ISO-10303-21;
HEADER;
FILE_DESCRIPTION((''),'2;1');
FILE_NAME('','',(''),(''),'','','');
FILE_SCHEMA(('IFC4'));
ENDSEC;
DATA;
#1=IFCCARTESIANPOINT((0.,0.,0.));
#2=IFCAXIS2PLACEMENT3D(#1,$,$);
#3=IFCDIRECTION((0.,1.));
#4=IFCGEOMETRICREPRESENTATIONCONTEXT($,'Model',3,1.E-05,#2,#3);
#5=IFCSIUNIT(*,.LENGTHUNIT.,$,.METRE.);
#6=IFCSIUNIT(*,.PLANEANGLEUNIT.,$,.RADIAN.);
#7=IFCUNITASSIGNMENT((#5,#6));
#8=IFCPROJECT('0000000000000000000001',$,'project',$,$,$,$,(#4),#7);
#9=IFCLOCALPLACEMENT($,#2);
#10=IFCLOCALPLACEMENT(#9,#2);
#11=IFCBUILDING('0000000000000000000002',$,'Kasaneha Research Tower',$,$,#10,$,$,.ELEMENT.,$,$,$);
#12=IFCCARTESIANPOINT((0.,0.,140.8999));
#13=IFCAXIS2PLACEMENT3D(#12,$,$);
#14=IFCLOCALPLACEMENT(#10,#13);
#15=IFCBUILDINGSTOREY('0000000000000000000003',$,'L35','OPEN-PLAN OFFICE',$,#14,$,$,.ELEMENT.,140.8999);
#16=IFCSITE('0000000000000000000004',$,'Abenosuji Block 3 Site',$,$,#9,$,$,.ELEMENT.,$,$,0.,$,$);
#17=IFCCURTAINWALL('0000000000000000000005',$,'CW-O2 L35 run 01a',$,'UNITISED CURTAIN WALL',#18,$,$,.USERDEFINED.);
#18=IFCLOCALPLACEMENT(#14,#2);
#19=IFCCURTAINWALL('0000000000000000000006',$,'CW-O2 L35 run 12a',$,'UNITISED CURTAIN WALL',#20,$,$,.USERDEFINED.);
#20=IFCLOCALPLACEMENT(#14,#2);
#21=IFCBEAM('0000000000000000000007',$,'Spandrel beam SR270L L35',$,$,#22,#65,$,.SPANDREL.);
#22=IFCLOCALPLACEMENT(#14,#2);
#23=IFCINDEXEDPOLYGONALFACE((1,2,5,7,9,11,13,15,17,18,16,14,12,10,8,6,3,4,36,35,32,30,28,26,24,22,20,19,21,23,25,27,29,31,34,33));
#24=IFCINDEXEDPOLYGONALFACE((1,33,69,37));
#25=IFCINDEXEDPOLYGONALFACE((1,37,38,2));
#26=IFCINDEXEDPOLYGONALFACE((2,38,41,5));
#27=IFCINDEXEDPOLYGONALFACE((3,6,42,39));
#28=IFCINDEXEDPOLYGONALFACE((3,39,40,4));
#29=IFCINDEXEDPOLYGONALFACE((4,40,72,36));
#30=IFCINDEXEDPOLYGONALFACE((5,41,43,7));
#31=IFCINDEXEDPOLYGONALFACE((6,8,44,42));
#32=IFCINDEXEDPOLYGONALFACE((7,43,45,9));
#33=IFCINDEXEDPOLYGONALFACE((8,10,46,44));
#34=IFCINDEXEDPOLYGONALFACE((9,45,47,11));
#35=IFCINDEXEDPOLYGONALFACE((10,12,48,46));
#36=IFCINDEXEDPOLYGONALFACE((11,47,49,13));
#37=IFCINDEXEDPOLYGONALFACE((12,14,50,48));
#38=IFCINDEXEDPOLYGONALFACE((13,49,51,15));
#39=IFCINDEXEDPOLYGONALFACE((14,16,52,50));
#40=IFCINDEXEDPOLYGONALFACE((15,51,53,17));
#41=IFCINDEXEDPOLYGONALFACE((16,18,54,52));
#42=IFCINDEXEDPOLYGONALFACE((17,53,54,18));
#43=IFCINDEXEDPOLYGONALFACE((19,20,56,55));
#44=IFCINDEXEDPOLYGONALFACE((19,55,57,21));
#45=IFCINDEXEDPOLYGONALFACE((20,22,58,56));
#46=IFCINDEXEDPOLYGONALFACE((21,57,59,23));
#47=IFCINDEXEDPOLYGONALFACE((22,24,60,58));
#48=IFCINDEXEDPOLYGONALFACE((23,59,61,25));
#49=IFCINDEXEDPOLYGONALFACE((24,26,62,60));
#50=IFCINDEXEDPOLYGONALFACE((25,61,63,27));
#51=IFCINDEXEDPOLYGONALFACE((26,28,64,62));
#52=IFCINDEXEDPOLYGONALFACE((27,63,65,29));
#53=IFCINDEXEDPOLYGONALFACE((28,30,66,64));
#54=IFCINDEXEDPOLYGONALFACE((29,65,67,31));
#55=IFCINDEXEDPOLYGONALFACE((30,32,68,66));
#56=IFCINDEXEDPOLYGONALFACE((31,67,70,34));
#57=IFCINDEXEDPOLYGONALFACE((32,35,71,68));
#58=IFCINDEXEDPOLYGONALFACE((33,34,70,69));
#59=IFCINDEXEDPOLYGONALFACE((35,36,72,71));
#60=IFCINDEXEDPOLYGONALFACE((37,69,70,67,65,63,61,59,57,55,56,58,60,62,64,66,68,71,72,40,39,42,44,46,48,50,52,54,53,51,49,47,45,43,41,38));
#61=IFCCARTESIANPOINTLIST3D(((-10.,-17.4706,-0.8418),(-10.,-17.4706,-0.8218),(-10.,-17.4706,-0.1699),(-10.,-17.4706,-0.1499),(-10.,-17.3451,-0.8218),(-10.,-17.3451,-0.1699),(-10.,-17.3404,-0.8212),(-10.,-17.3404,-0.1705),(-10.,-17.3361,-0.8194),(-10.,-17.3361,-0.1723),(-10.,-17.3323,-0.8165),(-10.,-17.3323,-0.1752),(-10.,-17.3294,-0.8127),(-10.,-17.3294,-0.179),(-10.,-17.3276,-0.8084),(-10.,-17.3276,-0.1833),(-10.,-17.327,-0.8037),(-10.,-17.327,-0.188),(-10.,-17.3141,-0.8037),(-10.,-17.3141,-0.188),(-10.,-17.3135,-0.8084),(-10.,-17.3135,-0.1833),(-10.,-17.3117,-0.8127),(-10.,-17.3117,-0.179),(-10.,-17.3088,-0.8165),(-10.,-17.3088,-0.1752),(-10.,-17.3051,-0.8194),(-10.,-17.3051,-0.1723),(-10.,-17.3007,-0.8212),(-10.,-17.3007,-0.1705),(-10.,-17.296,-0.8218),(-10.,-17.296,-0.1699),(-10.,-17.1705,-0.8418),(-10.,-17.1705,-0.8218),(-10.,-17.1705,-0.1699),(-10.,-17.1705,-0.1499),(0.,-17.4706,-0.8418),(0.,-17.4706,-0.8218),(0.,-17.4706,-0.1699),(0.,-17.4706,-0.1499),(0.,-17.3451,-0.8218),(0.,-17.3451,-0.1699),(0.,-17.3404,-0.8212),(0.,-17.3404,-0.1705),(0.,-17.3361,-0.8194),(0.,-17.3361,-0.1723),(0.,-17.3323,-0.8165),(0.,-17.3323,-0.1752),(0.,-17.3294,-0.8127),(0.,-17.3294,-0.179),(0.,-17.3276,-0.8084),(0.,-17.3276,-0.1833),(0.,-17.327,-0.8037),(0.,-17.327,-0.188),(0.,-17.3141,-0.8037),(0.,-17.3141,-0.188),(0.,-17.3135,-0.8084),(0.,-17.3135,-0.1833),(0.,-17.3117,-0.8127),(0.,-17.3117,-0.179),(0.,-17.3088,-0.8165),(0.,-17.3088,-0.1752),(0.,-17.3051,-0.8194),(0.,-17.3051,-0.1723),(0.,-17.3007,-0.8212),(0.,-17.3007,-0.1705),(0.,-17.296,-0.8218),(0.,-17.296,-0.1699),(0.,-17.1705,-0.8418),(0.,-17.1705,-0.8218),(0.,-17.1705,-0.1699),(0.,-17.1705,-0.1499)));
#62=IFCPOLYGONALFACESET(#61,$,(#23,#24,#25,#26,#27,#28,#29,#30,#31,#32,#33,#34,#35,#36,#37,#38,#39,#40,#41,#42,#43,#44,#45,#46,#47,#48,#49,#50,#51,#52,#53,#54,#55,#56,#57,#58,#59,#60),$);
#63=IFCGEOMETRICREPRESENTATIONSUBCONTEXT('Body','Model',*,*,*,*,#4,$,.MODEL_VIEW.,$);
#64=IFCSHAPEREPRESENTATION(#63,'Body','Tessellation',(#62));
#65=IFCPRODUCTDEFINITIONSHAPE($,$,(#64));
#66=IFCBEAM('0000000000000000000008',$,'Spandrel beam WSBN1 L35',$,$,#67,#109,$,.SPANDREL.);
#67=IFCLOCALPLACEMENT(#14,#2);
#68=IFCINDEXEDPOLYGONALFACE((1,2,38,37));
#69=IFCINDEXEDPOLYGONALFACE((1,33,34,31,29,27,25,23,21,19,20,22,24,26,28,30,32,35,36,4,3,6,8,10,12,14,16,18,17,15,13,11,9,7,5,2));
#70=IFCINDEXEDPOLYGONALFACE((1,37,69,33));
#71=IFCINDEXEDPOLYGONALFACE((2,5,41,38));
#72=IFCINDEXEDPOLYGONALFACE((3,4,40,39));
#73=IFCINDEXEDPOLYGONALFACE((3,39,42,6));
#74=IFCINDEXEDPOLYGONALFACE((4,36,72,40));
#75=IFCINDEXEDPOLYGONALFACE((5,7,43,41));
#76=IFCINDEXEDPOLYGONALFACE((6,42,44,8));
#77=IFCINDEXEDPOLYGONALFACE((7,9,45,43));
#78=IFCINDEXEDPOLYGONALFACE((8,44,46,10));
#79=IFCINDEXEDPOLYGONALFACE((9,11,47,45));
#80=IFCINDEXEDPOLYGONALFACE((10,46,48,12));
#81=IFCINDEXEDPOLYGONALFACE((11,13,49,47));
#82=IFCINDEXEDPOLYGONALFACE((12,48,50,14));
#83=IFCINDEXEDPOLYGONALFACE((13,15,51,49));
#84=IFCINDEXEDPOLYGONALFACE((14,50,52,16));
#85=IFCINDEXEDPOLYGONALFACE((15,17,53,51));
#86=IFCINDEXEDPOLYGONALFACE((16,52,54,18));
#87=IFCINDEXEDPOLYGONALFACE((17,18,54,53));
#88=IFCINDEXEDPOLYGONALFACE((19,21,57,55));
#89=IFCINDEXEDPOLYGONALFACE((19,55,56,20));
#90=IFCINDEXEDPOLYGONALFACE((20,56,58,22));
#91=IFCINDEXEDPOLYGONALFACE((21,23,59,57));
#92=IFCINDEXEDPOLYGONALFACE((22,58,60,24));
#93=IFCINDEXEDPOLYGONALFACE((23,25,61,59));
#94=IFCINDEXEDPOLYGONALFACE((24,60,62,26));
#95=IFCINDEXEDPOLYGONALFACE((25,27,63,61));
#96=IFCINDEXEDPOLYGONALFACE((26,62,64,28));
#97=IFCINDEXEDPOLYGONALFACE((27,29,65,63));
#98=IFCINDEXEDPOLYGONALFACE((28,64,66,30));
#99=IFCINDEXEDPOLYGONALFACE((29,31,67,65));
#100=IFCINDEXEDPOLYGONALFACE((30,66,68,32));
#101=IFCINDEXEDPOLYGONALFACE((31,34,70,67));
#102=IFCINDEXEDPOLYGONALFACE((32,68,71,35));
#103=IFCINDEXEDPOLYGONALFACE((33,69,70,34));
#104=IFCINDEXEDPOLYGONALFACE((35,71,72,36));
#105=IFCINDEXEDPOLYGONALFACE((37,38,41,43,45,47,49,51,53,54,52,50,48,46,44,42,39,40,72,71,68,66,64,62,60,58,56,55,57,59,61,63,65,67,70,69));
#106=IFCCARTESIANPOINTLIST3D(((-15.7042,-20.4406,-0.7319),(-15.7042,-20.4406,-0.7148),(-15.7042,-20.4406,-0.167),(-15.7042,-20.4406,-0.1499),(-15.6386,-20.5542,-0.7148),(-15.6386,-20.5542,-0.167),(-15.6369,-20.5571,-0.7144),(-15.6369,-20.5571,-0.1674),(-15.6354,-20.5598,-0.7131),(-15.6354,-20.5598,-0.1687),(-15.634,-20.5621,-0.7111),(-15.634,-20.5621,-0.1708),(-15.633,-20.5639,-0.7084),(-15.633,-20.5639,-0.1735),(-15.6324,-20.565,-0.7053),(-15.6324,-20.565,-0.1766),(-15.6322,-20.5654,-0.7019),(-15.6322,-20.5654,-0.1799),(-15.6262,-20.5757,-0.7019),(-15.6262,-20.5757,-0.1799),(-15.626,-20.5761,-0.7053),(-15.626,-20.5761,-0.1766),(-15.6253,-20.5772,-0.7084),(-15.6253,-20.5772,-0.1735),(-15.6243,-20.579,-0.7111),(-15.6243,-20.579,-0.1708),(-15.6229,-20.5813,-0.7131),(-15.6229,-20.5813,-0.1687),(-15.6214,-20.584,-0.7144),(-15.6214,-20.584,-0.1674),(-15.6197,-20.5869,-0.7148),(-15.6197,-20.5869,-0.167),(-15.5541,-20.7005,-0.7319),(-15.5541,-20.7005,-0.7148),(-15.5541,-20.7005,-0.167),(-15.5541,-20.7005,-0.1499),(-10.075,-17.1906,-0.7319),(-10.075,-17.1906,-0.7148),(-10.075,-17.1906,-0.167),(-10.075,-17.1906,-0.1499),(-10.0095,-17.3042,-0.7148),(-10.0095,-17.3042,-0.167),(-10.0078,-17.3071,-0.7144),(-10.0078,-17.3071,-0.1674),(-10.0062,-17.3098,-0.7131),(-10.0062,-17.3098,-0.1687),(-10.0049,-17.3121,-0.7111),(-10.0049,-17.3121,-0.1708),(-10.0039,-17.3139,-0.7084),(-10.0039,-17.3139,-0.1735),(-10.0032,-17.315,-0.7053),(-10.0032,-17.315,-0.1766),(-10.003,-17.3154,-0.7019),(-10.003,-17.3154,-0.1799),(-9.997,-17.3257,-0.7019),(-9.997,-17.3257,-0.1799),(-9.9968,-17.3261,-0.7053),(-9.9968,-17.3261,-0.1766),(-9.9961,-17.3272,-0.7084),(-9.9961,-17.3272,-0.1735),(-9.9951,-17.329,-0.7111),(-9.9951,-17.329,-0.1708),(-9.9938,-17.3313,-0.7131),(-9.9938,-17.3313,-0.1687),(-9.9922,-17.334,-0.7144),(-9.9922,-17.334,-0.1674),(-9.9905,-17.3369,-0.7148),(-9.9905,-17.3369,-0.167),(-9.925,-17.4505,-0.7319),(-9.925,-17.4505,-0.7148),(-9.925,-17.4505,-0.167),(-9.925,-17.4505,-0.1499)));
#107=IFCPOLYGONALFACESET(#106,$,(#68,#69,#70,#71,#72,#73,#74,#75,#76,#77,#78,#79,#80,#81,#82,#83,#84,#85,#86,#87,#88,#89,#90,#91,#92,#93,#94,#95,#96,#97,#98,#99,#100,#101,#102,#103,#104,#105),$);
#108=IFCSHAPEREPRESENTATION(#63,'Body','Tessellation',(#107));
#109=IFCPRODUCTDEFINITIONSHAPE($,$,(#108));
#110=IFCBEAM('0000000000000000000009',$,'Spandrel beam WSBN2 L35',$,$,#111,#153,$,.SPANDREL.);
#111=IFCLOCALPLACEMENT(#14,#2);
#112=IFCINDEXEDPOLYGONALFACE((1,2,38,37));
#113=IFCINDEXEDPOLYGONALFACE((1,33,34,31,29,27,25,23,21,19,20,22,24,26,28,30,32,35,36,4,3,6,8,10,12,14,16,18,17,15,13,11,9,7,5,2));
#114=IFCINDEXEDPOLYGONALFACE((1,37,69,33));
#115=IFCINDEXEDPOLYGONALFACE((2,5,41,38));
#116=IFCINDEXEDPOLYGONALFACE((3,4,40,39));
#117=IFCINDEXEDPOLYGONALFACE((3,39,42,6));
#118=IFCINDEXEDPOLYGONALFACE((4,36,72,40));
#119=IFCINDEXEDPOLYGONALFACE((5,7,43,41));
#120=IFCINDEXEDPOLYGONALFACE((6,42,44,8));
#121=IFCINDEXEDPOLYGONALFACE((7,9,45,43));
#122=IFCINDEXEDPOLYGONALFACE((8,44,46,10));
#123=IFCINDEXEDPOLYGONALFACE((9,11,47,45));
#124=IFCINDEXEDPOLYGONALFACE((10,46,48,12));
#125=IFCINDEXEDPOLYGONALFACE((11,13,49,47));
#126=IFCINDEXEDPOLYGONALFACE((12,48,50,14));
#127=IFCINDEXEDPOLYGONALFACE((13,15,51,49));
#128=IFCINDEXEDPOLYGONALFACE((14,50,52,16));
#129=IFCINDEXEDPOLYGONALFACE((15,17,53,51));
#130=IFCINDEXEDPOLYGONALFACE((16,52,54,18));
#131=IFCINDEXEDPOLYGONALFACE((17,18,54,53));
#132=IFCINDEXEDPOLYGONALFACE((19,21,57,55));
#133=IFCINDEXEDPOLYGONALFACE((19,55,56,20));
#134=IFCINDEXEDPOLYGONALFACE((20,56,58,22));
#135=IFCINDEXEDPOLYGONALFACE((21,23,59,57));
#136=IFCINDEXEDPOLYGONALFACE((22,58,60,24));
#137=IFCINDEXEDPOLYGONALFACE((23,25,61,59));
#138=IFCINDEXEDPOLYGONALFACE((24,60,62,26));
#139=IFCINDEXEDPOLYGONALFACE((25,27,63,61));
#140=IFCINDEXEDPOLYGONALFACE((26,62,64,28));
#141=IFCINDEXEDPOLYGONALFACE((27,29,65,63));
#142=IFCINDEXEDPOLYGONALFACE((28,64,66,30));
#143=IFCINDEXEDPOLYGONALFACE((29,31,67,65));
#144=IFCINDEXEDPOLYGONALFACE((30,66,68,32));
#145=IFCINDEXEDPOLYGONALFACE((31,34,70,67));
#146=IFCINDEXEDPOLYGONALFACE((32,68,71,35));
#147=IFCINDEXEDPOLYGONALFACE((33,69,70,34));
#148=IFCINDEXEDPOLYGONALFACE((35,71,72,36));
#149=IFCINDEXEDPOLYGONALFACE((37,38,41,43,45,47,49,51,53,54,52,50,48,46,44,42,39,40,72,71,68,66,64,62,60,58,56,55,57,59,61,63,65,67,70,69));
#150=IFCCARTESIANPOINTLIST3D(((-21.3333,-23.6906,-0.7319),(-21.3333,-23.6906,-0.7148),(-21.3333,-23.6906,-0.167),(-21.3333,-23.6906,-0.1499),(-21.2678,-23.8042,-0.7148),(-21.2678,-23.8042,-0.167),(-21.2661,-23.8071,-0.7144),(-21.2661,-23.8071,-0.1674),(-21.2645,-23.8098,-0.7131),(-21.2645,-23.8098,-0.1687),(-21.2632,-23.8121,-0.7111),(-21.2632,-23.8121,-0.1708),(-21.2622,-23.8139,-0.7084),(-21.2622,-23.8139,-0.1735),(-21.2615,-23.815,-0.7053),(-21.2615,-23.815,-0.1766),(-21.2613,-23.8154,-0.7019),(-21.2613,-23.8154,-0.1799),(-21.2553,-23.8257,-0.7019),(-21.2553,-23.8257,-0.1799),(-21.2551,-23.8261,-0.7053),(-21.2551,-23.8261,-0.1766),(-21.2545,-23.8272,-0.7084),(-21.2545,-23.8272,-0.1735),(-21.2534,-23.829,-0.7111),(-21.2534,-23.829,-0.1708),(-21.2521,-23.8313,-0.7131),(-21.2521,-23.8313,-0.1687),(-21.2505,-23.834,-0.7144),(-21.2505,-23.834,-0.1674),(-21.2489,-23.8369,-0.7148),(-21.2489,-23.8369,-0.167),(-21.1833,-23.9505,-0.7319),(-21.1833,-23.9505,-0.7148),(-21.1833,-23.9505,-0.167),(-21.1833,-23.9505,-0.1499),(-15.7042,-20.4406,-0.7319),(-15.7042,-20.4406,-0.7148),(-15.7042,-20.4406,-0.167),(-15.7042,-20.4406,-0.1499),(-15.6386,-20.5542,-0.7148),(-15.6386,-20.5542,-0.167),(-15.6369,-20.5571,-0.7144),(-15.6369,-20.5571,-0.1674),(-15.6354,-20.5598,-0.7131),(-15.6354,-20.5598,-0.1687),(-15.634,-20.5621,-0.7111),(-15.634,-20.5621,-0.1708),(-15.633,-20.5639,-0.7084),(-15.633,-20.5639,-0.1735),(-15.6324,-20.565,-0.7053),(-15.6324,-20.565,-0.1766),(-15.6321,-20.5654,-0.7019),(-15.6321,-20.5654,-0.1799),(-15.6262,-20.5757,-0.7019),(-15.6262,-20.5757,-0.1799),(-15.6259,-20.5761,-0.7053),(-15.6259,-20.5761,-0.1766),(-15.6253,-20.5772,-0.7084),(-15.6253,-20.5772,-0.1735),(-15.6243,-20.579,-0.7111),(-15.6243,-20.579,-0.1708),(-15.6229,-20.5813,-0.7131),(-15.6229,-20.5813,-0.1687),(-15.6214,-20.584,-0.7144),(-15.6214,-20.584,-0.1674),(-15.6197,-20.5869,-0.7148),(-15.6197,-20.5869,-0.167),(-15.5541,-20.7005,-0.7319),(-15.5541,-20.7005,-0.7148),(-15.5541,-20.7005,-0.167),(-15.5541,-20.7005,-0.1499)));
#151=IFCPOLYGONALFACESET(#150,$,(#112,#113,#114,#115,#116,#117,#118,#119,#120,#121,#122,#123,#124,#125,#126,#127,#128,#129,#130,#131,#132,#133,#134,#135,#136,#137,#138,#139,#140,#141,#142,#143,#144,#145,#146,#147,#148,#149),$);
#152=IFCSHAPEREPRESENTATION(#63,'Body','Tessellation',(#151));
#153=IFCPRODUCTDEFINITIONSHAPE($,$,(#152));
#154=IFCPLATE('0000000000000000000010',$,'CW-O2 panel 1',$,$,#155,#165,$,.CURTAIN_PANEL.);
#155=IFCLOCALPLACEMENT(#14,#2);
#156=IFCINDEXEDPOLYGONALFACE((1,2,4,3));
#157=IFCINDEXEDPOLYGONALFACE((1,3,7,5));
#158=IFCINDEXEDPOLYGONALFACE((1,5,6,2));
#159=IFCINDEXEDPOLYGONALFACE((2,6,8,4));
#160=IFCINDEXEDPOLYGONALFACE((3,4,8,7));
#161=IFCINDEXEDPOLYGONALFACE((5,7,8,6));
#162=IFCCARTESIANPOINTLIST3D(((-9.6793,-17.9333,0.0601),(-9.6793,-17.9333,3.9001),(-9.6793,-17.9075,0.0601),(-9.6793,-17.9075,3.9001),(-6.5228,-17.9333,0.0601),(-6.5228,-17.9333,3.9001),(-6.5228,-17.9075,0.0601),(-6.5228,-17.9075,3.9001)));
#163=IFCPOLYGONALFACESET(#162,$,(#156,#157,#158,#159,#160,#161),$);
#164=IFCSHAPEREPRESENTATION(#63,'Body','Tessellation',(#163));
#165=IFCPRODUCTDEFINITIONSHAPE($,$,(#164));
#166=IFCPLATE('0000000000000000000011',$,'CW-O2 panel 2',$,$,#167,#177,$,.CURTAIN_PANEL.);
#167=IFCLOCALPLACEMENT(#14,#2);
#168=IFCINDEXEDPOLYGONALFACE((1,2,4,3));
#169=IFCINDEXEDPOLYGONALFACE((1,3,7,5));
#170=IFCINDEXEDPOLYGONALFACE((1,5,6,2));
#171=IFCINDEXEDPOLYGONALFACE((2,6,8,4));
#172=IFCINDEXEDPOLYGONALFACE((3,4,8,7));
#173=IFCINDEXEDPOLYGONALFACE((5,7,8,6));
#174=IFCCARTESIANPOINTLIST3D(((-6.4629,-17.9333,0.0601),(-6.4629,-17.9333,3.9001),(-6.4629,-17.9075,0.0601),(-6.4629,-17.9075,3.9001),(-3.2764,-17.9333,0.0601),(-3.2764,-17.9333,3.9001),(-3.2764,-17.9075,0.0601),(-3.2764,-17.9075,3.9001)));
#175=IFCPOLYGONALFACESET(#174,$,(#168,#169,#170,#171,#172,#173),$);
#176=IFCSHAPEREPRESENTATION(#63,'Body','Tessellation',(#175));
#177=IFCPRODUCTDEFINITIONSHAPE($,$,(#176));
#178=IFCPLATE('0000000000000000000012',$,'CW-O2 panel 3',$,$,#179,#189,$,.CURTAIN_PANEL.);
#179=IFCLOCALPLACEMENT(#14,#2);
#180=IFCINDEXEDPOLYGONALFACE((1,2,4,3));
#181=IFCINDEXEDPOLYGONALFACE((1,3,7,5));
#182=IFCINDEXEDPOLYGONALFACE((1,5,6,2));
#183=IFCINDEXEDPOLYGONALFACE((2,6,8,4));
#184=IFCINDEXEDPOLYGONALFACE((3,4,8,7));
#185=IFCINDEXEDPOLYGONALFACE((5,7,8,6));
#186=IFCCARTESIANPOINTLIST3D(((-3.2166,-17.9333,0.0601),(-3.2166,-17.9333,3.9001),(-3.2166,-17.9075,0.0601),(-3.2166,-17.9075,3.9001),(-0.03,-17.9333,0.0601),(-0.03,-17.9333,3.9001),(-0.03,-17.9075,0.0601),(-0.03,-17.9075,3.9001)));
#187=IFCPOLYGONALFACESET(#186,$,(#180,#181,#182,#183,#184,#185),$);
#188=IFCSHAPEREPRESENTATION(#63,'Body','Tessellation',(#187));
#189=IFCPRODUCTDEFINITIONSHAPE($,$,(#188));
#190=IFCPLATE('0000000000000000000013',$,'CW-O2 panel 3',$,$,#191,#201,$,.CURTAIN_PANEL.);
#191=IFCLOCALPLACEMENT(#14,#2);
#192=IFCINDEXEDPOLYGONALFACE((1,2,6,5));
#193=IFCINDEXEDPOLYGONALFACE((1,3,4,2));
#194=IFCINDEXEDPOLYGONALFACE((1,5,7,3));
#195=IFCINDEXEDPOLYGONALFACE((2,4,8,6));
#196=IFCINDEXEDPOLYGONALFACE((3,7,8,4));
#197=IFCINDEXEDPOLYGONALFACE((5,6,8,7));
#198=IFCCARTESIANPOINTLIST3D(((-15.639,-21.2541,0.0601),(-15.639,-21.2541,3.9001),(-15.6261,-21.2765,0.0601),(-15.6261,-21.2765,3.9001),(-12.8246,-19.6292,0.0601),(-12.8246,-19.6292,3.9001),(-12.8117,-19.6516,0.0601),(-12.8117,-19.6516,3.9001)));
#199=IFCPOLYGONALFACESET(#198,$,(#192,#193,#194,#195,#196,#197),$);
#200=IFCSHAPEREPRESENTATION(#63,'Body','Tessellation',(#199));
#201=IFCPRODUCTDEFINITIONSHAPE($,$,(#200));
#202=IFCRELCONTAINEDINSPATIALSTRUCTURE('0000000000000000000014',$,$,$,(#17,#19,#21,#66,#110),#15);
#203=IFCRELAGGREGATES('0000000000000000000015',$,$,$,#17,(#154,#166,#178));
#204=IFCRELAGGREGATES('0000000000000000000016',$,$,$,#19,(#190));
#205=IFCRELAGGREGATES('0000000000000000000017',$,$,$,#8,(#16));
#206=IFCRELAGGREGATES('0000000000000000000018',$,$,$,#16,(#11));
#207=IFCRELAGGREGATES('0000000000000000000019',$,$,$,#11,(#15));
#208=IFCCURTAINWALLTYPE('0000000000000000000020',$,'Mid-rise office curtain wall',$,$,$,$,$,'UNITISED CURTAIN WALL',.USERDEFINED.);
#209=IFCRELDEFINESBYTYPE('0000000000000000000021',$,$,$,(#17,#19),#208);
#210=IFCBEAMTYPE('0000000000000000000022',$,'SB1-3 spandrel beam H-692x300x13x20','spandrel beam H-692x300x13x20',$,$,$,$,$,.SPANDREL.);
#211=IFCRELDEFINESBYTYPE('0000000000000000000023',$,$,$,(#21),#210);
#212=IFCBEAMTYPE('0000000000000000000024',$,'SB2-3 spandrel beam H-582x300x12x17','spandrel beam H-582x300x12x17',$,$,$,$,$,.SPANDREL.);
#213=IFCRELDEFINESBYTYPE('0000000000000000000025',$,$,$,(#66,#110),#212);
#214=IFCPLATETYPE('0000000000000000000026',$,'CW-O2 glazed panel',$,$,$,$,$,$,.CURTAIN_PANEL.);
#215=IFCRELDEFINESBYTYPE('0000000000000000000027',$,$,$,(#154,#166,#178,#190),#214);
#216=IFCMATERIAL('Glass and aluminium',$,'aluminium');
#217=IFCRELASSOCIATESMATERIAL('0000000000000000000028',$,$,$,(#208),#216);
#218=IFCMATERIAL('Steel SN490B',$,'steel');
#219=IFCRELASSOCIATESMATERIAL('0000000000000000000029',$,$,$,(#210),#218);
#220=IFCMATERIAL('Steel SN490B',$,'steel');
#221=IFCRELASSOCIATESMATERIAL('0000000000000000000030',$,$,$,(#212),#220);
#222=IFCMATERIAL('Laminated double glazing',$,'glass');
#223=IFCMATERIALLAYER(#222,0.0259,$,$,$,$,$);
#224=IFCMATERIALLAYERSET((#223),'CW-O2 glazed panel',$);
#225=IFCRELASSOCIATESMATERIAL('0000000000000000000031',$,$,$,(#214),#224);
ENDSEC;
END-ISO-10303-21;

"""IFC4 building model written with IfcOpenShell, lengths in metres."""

from ifc_helpers import new_model, si_unit, direction, frame, origin, origin_2d, place, context, subcontext, project, spatial, rectangle, i_section, extrude, material, layer, layer_set, material_profile, profile_set, type_object, element, aggregate, save


model = new_model("IFC4")

# Units and contexts
model_context = context("Model", 3, precision=1e-05, world=origin(), true_north=direction((0.0, 1.0)))
body_context = subcontext(model_context, "Body", "Model", "MODEL_VIEW")
ifc_project = project(units=[si_unit("LENGTHUNIT", "METRE"), si_unit("PLANEANGLEUNIT", "RADIAN")], contexts=[model_context])

# Site, building, storey
site_placement = place(None, origin())
site = spatial("IfcSite", under=ifc_project, at=site_placement, Name="Abenosuji Block 3 Site", CompositionType="ELEMENT", RefElevation=0.0)
building_placement = place(site_placement, origin())
building = spatial("IfcBuilding", under=site, at=building_placement, Name="Kasaneha Research Tower", CompositionType="ELEMENT")
storey_placement = place(building_placement, frame((0.0, 0.0, 140.8999)))
storey = spatial("IfcBuildingStorey", under=building, at=storey_placement, Name="L35", Description="OPEN-PLAN OFFICE", CompositionType="ELEMENT", Elevation=140.8999)

# Curtain walls
ifc_material_1 = material(Name="Glass and aluminium", Category="aluminium")
curtain_wall_type = type_object("IfcCurtainWallType", Name="Mid-rise office curtain wall", ElementType="UNITISED CURTAIN WALL", PredefinedType="USERDEFINED", material=ifc_material_1)
curtain_wall_1_placement = place(storey_placement, origin())
curtain_wall_1 = element("IfcCurtainWall", 1, at=curtain_wall_1_placement, inside=storey, type_object=curtain_wall_type, Name="CW-O2 L35 run 01a", ObjectType="UNITISED CURTAIN WALL", PredefinedType="USERDEFINED")
curtain_wall_2_placement = place(storey_placement, origin())
curtain_wall_2 = element("IfcCurtainWall", 2, at=curtain_wall_2_placement, inside=storey, type_object=curtain_wall_type, Name="CW-O2 L35 run 12a", ObjectType="UNITISED CURTAIN WALL", PredefinedType="USERDEFINED")

# Beams
ifc_material_2 = material(Name="Steel SN490B", Category="steel")
ifc_material_profile_1 = material_profile(ifc_material_2, i_section(OverallWidth=0.3, OverallDepth=0.6919, WebThickness=0.0129, FlangeThickness=0.02, FilletRadius=0.0181, at=origin_2d()), Name="H-692x300x13x20")
ifc_profile_set_1 = profile_set([ifc_material_profile_1], Name="Steel SN490B")
beam_type_1 = type_object("IfcBeamType", Name="SB1-3 spandrel beam H-692x300x13x20", Description="spandrel beam H-692x300x13x20", PredefinedType="SPANDREL", material=ifc_profile_set_1)
beam_1_placement = place(storey_placement, frame((-10.0, -17.3206, -0.4958), z_axis=(1.0, 0.0, 0.0), x_axis=(0.0, 1.0, 0.0)))
element("IfcBeam", 3, at=beam_1_placement, inside=storey, type_object=beam_type_1, Name="Spandrel beam SR270L L35", PredefinedType="SPANDREL", context=body_context, shape_type="SweptSolid", body=[
    extrude(i_section(OverallWidth=0.3, OverallDepth=0.6919, WebThickness=0.0129, FlangeThickness=0.02, FilletRadius=0.0181, at=origin_2d()), origin(), (0.0, 0.0, 1.0), 10.0),
])
ifc_material_3 = material(Name="Steel SN490B", Category="steel")
ifc_material_profile_2 = material_profile(ifc_material_3, i_section(OverallWidth=0.3, OverallDepth=0.582, WebThickness=0.012, FlangeThickness=0.0171, FilletRadius=0.0129, at=origin_2d()), Name="H-582x300x12x17")
ifc_profile_set_2 = profile_set([ifc_material_profile_2], Name="Steel SN490B")
beam_type_2 = type_object("IfcBeamType", Name="SB2-3 spandrel beam H-582x300x12x17", Description="spandrel beam H-582x300x12x17", PredefinedType="SPANDREL", material=ifc_profile_set_2)
for number, where, z_axis, x_axis, name in (
    (4, (-10.0, -17.3206, -0.4409), (-0.866025, -0.500001, 0.0), (0.500001, -0.866025, 0.0), "Spandrel beam WSBN1 L35"),
    (5, (-15.6292, -20.5706, -0.4409), (-0.866025, -0.500001, 0.0), (0.500001, -0.866025, 0.0), "Spandrel beam WSBN2 L35"),
):
    element("IfcBeam", number, at=place(storey_placement, frame(where, z_axis=z_axis, x_axis=x_axis)), inside=storey, type_object=beam_type_2, Name=name, PredefinedType="SPANDREL", context=body_context, shape_type="SweptSolid", body=[
        extrude(i_section(OverallWidth=0.3, OverallDepth=0.582, WebThickness=0.012, FlangeThickness=0.0171, FilletRadius=0.0129, at=origin_2d()), origin(), (0.0, 0.0, 1.0), 6.5),
    ])

# Plates
ifc_material_4 = material(Name="Laminated double glazing", Category="glass")
ifc_layer_1 = layer(ifc_material_4, 0.0259)
ifc_layer_set_1 = layer_set([ifc_layer_1], Name="CW-O2 glazed panel")
plate_type = type_object("IfcPlateType", Name="CW-O2 glazed panel", PredefinedType="CURTAIN_PANEL", material=ifc_layer_set_1)
plate_1_placement = place(storey_placement, frame((-8.1011, -17.9204, 0.0601), z_axis=(0.0, 0.0, 1.0), x_axis=(1.0, 0.0, 0.0)))
plate_1 = element("IfcPlate", 6, at=plate_1_placement, type_object=plate_type, Name="CW-O2 panel 1", PredefinedType="CURTAIN_PANEL", context=body_context, shape_type="SweptSolid", body=[
    extrude(rectangle(XDim=3.1565, YDim=0.0259, at=origin_2d()), origin(), (0.0, 0.0, 1.0), 3.8401),
])
plate_2_placement = place(storey_placement, frame((-4.8696, -17.9204, 0.0601), z_axis=(0.0, 0.0, 1.0), x_axis=(1.0, 0.0, 0.0)))
plate_2 = element("IfcPlate", 7, at=plate_2_placement, type_object=plate_type, Name="CW-O2 panel 2", PredefinedType="CURTAIN_PANEL", context=body_context, shape_type="SweptSolid", body=[
    extrude(rectangle(XDim=3.1865, YDim=0.0259, at=origin_2d()), origin(), (0.0, 0.0, 1.0), 3.8401),
])
plate_3_placement = place(storey_placement, frame((-1.6233, -17.9204, 0.0601), z_axis=(0.0, 0.0, 1.0), x_axis=(1.0, 0.0, 0.0)))
plate_3 = element("IfcPlate", 8, at=plate_3_placement, type_object=plate_type, Name="CW-O2 panel 3", PredefinedType="CURTAIN_PANEL", context=body_context, shape_type="SweptSolid", body=[
    extrude(rectangle(XDim=3.1865, YDim=0.0259, at=origin_2d()), origin(), (0.0, 0.0, 1.0), 3.8401),
])
aggregate(curtain_wall_1, [plate_1, plate_2, plate_3])
plate_4_placement = place(storey_placement, frame((-14.2253, -20.4529, 0.0601), z_axis=(0.0, 0.0, 1.0), x_axis=(0.866025, 0.5, 0.0)))
plate_4 = element("IfcPlate", 9, at=plate_4_placement, type_object=plate_type, Name="CW-O2 panel 3", PredefinedType="CURTAIN_PANEL", context=body_context, shape_type="SweptSolid", body=[
    extrude(rectangle(XDim=3.2498, YDim=0.0259, at=origin_2d()), origin(), (0.0, 0.0, 1.0), 3.8401),
])
aggregate(curtain_wall_2, [plate_4])

save(model, "model.ifc")
